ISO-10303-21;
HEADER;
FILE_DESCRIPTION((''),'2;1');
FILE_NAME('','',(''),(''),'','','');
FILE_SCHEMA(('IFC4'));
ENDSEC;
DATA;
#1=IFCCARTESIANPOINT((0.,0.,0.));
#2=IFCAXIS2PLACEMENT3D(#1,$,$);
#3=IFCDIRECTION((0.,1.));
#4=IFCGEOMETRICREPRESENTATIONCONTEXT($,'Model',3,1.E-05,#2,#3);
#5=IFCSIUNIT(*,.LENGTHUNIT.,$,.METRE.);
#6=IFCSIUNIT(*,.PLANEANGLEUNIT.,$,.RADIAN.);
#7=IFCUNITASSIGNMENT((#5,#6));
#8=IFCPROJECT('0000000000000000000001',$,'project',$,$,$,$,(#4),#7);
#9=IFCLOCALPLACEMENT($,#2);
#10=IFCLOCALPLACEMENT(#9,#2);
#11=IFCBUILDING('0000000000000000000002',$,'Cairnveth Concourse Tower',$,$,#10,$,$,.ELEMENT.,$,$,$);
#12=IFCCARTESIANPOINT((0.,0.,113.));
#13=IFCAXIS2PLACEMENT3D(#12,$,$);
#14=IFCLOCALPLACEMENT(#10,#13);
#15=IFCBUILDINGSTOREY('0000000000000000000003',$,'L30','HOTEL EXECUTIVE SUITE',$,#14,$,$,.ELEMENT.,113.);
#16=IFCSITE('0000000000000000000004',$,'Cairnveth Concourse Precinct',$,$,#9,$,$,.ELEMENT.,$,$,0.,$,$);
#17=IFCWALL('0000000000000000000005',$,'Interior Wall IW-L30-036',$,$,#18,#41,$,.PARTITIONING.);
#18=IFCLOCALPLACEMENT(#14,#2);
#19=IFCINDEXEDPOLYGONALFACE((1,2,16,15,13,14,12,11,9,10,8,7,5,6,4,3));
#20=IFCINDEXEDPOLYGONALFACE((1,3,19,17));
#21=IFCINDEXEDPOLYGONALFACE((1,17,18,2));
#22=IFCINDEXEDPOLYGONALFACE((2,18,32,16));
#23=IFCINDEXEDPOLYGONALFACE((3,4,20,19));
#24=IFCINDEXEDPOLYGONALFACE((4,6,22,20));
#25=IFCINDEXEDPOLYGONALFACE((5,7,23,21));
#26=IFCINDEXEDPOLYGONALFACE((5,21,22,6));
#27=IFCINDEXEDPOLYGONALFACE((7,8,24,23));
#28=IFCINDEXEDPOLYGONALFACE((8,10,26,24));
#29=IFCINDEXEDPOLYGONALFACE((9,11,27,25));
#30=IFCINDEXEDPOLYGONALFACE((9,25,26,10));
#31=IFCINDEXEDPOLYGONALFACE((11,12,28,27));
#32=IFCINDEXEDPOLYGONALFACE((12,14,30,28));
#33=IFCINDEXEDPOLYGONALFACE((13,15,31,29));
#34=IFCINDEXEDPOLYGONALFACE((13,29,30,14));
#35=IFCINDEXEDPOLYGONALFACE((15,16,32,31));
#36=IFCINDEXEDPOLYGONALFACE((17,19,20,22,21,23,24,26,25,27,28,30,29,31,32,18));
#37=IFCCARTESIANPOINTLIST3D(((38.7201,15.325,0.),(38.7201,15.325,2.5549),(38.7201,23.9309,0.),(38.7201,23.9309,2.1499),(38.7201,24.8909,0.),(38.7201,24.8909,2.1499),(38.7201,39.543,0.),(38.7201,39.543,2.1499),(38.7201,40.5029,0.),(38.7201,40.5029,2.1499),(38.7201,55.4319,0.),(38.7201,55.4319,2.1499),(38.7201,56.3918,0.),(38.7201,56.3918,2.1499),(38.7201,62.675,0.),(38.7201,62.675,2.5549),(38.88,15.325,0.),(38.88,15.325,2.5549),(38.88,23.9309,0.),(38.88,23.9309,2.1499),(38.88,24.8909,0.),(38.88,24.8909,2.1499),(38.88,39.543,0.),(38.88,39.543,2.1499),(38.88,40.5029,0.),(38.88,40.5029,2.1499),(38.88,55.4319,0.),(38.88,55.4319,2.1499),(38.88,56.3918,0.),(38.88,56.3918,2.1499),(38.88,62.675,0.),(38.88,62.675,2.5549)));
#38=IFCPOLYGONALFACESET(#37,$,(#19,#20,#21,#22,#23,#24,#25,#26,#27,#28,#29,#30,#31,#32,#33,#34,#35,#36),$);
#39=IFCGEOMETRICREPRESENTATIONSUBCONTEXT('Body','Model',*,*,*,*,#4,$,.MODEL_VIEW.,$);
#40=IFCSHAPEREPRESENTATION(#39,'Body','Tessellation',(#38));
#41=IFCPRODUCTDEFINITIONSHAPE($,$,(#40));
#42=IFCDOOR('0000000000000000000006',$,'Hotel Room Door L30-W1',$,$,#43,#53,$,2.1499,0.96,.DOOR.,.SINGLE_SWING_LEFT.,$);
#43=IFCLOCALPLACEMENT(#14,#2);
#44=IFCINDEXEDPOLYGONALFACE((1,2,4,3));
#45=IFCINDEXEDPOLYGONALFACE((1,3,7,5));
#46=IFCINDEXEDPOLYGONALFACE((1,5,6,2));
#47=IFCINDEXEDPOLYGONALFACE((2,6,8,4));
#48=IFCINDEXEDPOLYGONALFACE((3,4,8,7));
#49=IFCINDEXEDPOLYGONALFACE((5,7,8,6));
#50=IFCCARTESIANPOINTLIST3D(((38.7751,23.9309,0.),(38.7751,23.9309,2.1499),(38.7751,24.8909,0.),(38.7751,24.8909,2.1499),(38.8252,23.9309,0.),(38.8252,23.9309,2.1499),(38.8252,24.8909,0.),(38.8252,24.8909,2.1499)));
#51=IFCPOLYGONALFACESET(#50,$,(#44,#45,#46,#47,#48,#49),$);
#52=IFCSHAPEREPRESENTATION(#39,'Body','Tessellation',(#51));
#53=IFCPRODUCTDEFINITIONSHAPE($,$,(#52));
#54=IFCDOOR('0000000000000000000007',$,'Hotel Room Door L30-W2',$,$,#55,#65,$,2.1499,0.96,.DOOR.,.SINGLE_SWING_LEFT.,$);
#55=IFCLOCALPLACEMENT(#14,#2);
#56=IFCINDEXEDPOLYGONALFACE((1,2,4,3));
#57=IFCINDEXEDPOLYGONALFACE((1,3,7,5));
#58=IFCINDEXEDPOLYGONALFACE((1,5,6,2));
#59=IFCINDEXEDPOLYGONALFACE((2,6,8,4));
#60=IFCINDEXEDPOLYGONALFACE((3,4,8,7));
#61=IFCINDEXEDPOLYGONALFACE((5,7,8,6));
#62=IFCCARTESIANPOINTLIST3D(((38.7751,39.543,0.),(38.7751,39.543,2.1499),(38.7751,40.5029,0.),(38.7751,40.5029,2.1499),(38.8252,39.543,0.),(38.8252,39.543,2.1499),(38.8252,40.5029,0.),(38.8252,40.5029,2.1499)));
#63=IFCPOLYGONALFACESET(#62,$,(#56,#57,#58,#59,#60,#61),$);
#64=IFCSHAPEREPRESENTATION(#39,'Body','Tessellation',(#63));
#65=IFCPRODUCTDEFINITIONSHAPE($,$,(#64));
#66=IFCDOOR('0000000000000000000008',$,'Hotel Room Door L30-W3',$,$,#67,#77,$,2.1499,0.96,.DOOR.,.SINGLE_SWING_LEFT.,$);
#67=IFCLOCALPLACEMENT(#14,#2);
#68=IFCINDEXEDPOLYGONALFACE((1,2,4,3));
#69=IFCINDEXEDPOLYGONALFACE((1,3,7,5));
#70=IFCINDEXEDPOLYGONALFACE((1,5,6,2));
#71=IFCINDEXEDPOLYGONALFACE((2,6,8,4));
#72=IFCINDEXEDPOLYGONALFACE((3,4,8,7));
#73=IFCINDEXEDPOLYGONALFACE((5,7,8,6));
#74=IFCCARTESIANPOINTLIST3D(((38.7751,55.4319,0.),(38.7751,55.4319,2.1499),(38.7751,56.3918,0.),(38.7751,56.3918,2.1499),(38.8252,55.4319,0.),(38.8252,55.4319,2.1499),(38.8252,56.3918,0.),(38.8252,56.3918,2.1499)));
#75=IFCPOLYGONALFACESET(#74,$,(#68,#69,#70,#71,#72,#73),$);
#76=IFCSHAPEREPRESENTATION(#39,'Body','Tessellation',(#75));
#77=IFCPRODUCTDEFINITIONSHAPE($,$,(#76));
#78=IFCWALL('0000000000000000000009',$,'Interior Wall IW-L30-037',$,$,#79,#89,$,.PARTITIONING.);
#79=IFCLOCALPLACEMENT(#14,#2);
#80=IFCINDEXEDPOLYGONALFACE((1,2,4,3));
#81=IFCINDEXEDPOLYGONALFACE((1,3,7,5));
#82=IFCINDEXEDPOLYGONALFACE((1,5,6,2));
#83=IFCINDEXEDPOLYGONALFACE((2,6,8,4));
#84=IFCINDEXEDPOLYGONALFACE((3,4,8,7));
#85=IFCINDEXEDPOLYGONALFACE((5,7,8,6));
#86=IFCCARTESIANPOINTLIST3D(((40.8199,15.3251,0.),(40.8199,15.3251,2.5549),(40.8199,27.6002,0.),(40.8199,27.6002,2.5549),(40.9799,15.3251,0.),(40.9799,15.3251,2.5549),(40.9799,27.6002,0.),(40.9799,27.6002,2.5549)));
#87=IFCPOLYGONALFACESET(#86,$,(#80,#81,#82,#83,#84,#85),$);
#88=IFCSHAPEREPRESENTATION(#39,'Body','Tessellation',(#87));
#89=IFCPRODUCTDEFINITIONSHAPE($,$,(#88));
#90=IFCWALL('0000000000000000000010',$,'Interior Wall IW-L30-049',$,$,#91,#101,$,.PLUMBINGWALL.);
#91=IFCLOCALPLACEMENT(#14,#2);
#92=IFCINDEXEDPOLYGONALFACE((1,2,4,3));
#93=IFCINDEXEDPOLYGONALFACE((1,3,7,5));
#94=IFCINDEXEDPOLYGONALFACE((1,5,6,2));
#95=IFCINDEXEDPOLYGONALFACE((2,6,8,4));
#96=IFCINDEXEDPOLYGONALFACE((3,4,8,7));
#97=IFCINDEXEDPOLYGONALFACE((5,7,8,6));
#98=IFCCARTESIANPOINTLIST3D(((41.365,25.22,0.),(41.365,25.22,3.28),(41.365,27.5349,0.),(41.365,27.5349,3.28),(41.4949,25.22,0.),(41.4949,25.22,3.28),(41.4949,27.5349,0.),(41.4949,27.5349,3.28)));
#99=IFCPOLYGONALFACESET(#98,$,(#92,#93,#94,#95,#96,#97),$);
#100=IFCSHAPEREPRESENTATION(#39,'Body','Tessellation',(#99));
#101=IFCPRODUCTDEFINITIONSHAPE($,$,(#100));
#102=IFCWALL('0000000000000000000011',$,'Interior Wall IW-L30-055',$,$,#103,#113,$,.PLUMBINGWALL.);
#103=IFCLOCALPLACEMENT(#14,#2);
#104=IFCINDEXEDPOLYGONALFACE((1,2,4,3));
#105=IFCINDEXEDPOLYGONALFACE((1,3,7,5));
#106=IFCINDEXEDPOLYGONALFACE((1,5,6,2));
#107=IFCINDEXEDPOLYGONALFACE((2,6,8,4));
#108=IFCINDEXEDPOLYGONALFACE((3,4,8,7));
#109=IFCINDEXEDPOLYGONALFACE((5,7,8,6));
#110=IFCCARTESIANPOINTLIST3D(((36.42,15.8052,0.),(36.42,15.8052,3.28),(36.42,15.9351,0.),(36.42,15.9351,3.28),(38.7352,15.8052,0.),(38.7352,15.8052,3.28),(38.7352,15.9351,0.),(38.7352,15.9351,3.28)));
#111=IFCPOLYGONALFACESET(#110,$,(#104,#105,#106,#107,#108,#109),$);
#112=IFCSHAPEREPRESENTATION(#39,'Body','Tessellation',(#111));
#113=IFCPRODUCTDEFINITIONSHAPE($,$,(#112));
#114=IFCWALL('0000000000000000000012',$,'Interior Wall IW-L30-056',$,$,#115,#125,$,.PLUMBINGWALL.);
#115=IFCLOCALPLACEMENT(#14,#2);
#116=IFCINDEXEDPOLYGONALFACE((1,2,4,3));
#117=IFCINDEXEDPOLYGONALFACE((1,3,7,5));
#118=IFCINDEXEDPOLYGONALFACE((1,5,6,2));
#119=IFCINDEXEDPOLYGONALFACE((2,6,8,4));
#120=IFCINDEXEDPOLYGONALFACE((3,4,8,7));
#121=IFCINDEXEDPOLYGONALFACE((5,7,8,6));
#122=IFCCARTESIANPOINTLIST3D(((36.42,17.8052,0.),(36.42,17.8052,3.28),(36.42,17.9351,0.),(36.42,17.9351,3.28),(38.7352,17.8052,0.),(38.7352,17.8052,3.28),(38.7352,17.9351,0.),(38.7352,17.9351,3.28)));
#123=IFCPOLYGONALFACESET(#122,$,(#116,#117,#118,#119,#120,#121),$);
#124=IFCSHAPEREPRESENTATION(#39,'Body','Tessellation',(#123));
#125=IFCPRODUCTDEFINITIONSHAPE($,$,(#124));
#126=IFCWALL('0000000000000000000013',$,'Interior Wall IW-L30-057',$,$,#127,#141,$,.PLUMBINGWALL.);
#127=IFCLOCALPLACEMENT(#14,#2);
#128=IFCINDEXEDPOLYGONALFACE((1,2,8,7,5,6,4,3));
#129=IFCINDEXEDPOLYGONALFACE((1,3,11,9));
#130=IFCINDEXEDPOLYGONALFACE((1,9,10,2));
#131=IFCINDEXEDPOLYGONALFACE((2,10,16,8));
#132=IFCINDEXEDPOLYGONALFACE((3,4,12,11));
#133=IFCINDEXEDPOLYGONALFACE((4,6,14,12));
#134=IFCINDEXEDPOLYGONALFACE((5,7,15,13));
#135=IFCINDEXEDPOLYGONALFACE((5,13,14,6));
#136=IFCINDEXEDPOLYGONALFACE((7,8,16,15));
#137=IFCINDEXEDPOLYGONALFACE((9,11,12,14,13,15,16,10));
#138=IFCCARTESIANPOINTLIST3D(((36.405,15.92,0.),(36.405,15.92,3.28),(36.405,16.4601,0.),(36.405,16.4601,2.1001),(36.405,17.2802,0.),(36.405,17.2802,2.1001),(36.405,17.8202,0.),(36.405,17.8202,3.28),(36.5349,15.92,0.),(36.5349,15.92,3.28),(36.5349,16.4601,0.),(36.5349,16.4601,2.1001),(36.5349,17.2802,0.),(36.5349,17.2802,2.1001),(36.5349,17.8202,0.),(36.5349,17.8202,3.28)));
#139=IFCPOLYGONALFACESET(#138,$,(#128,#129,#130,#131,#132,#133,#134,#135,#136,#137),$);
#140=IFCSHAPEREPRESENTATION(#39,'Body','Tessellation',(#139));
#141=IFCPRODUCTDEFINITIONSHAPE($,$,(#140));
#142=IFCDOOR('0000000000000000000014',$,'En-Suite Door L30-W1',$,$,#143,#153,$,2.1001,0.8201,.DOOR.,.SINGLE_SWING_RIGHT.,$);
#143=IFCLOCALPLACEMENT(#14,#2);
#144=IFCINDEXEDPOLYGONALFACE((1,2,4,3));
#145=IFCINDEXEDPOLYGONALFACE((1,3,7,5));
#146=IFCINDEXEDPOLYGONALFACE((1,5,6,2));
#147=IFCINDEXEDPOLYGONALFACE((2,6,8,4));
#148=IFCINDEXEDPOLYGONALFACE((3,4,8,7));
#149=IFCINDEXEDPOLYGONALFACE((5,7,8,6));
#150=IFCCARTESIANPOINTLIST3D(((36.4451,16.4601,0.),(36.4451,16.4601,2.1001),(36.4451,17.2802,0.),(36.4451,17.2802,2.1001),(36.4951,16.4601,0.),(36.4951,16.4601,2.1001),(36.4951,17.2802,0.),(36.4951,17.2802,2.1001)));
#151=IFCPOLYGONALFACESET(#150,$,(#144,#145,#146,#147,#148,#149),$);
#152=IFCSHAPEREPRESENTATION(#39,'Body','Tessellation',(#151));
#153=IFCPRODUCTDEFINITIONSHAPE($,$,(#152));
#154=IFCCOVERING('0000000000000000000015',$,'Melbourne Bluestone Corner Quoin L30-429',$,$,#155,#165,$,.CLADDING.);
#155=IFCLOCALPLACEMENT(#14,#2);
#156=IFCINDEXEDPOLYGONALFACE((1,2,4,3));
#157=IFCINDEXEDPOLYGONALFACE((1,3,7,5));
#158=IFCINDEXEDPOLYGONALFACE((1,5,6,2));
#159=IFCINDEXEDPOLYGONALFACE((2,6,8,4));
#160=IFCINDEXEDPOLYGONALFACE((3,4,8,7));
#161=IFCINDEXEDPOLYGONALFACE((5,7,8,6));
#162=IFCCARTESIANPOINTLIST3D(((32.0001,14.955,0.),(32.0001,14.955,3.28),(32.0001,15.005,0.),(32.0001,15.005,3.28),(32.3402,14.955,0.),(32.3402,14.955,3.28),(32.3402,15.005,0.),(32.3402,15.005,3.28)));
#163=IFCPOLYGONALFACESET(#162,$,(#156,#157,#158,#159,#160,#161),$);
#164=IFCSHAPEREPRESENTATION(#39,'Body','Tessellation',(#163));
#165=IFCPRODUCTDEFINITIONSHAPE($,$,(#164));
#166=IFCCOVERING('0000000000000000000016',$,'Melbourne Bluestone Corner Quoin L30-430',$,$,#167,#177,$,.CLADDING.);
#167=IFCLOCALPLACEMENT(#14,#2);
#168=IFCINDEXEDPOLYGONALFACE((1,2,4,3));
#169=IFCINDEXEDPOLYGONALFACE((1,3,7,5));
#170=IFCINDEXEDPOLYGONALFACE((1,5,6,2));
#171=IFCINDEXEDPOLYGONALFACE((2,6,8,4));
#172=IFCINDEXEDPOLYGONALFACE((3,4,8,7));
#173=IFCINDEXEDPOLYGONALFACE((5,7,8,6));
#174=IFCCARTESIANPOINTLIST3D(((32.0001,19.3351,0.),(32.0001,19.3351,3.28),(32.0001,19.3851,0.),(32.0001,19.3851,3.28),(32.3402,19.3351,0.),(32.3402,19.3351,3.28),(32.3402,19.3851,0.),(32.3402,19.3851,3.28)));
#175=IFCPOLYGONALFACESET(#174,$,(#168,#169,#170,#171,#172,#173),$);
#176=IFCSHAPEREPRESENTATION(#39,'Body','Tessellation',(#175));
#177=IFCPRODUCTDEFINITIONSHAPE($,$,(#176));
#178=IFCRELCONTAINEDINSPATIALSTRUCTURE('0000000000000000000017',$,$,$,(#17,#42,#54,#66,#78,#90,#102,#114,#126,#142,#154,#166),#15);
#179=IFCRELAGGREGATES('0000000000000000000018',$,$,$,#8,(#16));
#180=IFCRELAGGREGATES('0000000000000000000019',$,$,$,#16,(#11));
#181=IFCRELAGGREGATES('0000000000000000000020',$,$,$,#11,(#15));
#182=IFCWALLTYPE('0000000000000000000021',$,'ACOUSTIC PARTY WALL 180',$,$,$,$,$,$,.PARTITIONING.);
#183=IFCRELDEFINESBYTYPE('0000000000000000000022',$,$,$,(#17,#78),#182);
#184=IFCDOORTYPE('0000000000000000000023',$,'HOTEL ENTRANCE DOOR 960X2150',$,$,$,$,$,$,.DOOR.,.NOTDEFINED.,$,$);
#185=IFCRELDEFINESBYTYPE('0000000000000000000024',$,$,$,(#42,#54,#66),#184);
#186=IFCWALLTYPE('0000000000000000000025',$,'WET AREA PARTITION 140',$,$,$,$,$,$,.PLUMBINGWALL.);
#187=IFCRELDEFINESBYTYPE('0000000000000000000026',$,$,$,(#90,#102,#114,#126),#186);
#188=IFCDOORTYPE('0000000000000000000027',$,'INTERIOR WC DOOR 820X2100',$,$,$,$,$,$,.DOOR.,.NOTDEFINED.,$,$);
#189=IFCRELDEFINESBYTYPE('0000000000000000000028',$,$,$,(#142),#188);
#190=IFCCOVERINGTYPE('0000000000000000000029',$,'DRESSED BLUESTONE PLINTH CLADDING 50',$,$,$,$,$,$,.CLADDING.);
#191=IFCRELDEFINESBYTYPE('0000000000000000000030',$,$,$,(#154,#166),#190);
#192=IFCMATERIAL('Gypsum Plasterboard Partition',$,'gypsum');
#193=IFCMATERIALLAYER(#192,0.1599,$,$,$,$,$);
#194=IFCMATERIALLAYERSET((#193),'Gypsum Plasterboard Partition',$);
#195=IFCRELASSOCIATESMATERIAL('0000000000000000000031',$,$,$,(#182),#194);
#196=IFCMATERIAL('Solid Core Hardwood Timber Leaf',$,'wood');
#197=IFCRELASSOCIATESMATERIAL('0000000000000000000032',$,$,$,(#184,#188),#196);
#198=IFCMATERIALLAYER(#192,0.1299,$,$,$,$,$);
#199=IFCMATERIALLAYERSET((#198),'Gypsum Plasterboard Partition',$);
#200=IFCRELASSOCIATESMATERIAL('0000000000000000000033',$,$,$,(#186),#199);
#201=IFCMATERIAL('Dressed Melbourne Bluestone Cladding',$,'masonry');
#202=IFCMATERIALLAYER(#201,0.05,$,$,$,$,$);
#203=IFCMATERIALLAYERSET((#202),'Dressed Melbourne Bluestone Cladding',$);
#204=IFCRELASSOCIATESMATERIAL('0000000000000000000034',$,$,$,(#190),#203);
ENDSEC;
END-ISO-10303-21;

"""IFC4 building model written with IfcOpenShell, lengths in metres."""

from ifc_helpers import new_model, si_unit, direction, frame, frame_2d, origin, place, context, subcontext, project, spatial, rectangle, extrude, material, layer, layer_set, type_object, element, fill, save


model = new_model("IFC4")

# Units and contexts
model_context = context("Model", 3, precision=1e-05, world=origin(), true_north=direction((0.0, 1.0)))
body_context = subcontext(model_context, "Body", "Model", "MODEL_VIEW")
ifc_project = project(units=[si_unit("LENGTHUNIT", "METRE"), si_unit("PLANEANGLEUNIT", "RADIAN")], contexts=[model_context])

# Site, building, storey
site_placement = place(None, origin())
site = spatial("IfcSite", under=ifc_project, at=site_placement, Name="Cairnveth Concourse Precinct", CompositionType="ELEMENT", RefElevation=0.0)
building_placement = place(site_placement, origin())
building = spatial("IfcBuilding", under=site, at=building_placement, Name="Cairnveth Concourse Tower", CompositionType="ELEMENT")
storey_placement = place(building_placement, frame((0.0, 0.0, 113.0)))
storey = spatial("IfcBuildingStorey", under=building, at=storey_placement, Name="L30", Description="HOTEL EXECUTIVE SUITE", CompositionType="ELEMENT", Elevation=113.0)

# Wall, openings, doors
ifc_material_1 = material(Name="Gypsum Plasterboard Partition", Category="gypsum")
ifc_layer_1 = layer(ifc_material_1, 0.1599)
ifc_layer_set_1 = layer_set([ifc_layer_1], Name="Gypsum Plasterboard Partition")
wall_type_1 = type_object("IfcWallType", Name="ACOUSTIC PARTY WALL 180", PredefinedType="PARTITIONING", material=ifc_layer_set_1)
wall_1_placement = place(storey_placement, frame((38.8, 15.325, 0.0), z_axis=(0.0, 0.0, 1.0), x_axis=(0.0, 1.0, 0.0)))
wall_1 = element("IfcWall", 1, at=wall_1_placement, inside=storey, type_object=wall_type_1, Name="Interior Wall IW-L30-036", PredefinedType="PARTITIONING", context=body_context, shape_type="SweptSolid", body=[
    extrude(rectangle(XDim=47.3501, YDim=0.1599, at=frame_2d((23.675, 0.0))), origin(), (0.0, 0.0, 1.0), 2.5549),
])
opening_1_placement = place(wall_1_placement, frame((8.606, 0.0, 0.0)))
opening_1 = element("IfcOpeningElement", 2, at=opening_1_placement, cuts=wall_1, PredefinedType="OPENING", context=body_context, shape_type="SweptSolid", body=[
    extrude(rectangle(XDim=0.96, YDim=2.1499, at=frame_2d((0.48, 1.075))), frame((0.0, 0.0898, 0.0), z_axis=(0.0, -1.0, 0.0), x_axis=(1.0, 0.0, 0.0)), (0.0, 0.0, 1.0), 0.1799),
])
opening_2_placement = place(wall_1_placement, frame((24.218, 0.0, 0.0)))
opening_2 = element("IfcOpeningElement", 3, at=opening_2_placement, cuts=wall_1, PredefinedType="OPENING", context=body_context, shape_type="SweptSolid", body=[
    extrude(rectangle(XDim=0.96, YDim=2.1499, at=frame_2d((0.48, 1.075))), frame((0.0, 0.0898, 0.0), z_axis=(0.0, -1.0, 0.0), x_axis=(1.0, 0.0, 0.0)), (0.0, 0.0, 1.0), 0.1799),
])
opening_3_placement = place(wall_1_placement, frame((40.1069, 0.0, 0.0)))
opening_3 = element("IfcOpeningElement", 4, at=opening_3_placement, cuts=wall_1, PredefinedType="OPENING", context=body_context, shape_type="SweptSolid", body=[
    extrude(rectangle(XDim=0.96, YDim=2.1499, at=frame_2d((0.48, 1.075))), frame((0.0, 0.0898, 0.0), z_axis=(0.0, -1.0, 0.0), x_axis=(1.0, 0.0, 0.0)), (0.0, 0.0, 1.0), 0.1799),
])
ifc_material_2 = material(Name="Solid Core Hardwood Timber Leaf", Category="wood")
door_type_1 = type_object("IfcDoorType", Name="HOTEL ENTRANCE DOOR 960X2150", OperationType="NOTDEFINED", PredefinedType="DOOR", material=ifc_material_2)
door_1_placement = place(opening_1_placement, origin())
door_1 = element("IfcDoor", 5, at=door_1_placement, inside=storey, type_object=door_type_1, Name="Hotel Room Door L30-W1", OperationType="SINGLE_SWING_LEFT", OverallHeight=2.1499, OverallWidth=0.96, PredefinedType="DOOR", context=body_context, shape_type="SweptSolid", body=[
    extrude(rectangle(XDim=0.96, YDim=2.1499, at=frame_2d((0.48, 1.075))), frame((0.0, 0.0249, 0.0), z_axis=(0.0, -1.0, 0.0), x_axis=(1.0, 0.0, 0.0)), (0.0, 0.0, 1.0), 0.05),
])
fill(opening_1, door_1)
door_2_placement = place(opening_2_placement, origin())
door_2 = element("IfcDoor", 6, at=door_2_placement, inside=storey, type_object=door_type_1, Name="Hotel Room Door L30-W2", OperationType="SINGLE_SWING_LEFT", OverallHeight=2.1499, OverallWidth=0.96, PredefinedType="DOOR", context=body_context, shape_type="SweptSolid", body=[
    extrude(rectangle(XDim=0.96, YDim=2.1499, at=frame_2d((0.48, 1.075))), frame((0.0, 0.0249, 0.0), z_axis=(0.0, -1.0, 0.0), x_axis=(1.0, 0.0, 0.0)), (0.0, 0.0, 1.0), 0.05),
])
fill(opening_2, door_2)
door_3_placement = place(opening_3_placement, origin())
door_3 = element("IfcDoor", 7, at=door_3_placement, inside=storey, type_object=door_type_1, Name="Hotel Room Door L30-W3", OperationType="SINGLE_SWING_LEFT", OverallHeight=2.1499, OverallWidth=0.96, PredefinedType="DOOR", context=body_context, shape_type="SweptSolid", body=[
    extrude(rectangle(XDim=0.96, YDim=2.1499, at=frame_2d((0.48, 1.075))), frame((0.0, 0.0249, 0.0), z_axis=(0.0, -1.0, 0.0), x_axis=(1.0, 0.0, 0.0)), (0.0, 0.0, 1.0), 0.05),
])
fill(opening_3, door_3)

# Walls
wall_2_placement = place(storey_placement, frame((40.8999, 15.325, 0.0), z_axis=(0.0, 0.0, 1.0), x_axis=(0.0, 1.0, 0.0)))
element("IfcWall", 8, at=wall_2_placement, inside=storey, type_object=wall_type_1, Name="Interior Wall IW-L30-037", PredefinedType="PARTITIONING", context=body_context, shape_type="SweptSolid", body=[
    extrude(rectangle(XDim=12.2751, YDim=0.1599, at=frame_2d((6.1377, 0.0))), origin(), (0.0, 0.0, 1.0), 2.5549),
])
ifc_layer_2 = layer(ifc_material_1, 0.1299)
ifc_layer_set_2 = layer_set([ifc_layer_2], Name="Gypsum Plasterboard Partition")
wall_type_2 = type_object("IfcWallType", Name="WET AREA PARTITION 140", PredefinedType="PLUMBINGWALL", material=ifc_layer_set_2)
wall_3_placement = place(storey_placement, frame((41.4299, 25.22, 0.0), z_axis=(0.0, 0.0, 1.0), x_axis=(0.0, 1.0, 0.0)))
element("IfcWall", 9, at=wall_3_placement, inside=storey, type_object=wall_type_2, Name="Interior Wall IW-L30-049", PredefinedType="PLUMBINGWALL", context=body_context, shape_type="SweptSolid", body=[
    extrude(rectangle(XDim=2.3149, YDim=0.1299, at=frame_2d((1.1575, 0.0))), origin(), (0.0, 0.0, 1.0), 3.28),
])
for number, where, z_axis, x_axis, name in (
    (10, (36.4199, 15.8701, 0.0), (0.0, 0.0, 1.0), (1.0, 0.0, 0.0), "Interior Wall IW-L30-055"),
    (11, (36.4199, 17.8701, 0.0), (0.0, 0.0, 1.0), (1.0, 0.0, 0.0), "Interior Wall IW-L30-056"),
):
    element("IfcWall", number, at=place(storey_placement, frame(where, z_axis=z_axis, x_axis=x_axis)), inside=storey, type_object=wall_type_2, Name=name, PredefinedType="PLUMBINGWALL", context=body_context, shape_type="SweptSolid", body=[
        extrude(rectangle(XDim=2.3152, YDim=0.1299, at=frame_2d((1.1577, 0.0))), origin(), (0.0, 0.0, 1.0), 3.28),
    ])

# Wall, opening, door
wall_4_placement = place(storey_placement, frame((36.47, 15.9199, 0.0), z_axis=(0.0, 0.0, 1.0), x_axis=(0.0, 1.0, 0.0)))
wall_4 = element("IfcWall", 12, at=wall_4_placement, inside=storey, type_object=wall_type_2, Name="Interior Wall IW-L30-057", PredefinedType="PLUMBINGWALL", context=body_context, shape_type="SweptSolid", body=[
    extrude(rectangle(XDim=1.9001, YDim=0.1299, at=frame_2d((0.9502, 0.0))), origin(), (0.0, 0.0, 1.0), 3.28),
])
opening_4_placement = place(wall_4_placement, frame((0.54, 0.0, 0.0)))
opening_4 = element("IfcOpeningElement", 13, at=opening_4_placement, cuts=wall_4, PredefinedType="OPENING", context=body_context, shape_type="SweptSolid", body=[
    extrude(rectangle(XDim=0.8201, YDim=2.1001, at=frame_2d((0.4102, 1.05))), frame((0.0, 0.075, 0.0), z_axis=(0.0, -1.0, 0.0), x_axis=(1.0, 0.0, 0.0)), (0.0, 0.0, 1.0), 0.1499),
])
door_type_2 = type_object("IfcDoorType", Name="INTERIOR WC DOOR 820X2100", OperationType="NOTDEFINED", PredefinedType="DOOR", material=ifc_material_2)
door_4_placement = place(opening_4_placement, origin())
door_4 = element("IfcDoor", 14, at=door_4_placement, inside=storey, type_object=door_type_2, Name="En-Suite Door L30-W1", OperationType="SINGLE_SWING_RIGHT", OverallHeight=2.1001, OverallWidth=0.8201, PredefinedType="DOOR", context=body_context, shape_type="SweptSolid", body=[
    extrude(rectangle(XDim=0.8201, YDim=2.1001, at=frame_2d((0.4102, 1.05))), frame((0.0, 0.0249, 0.0), z_axis=(0.0, -1.0, 0.0), x_axis=(1.0, 0.0, 0.0)), (0.0, 0.0, 1.0), 0.05),
])
fill(opening_4, door_4)

# Coverings
ifc_material_3 = material(Name="Dressed Melbourne Bluestone Cladding", Category="masonry")
ifc_layer_3 = layer(ifc_material_3, 0.05)
ifc_layer_set_3 = layer_set([ifc_layer_3], Name="Dressed Melbourne Bluestone Cladding")
covering_type = type_object("IfcCoveringType", Name="DRESSED BLUESTONE PLINTH CLADDING 50", PredefinedType="CLADDING", material=ifc_layer_set_3)
for number, where, z_axis, x_axis, name in (
    (15, (32.3401, 14.98, 0.0), (0.0, 0.0, 1.0), (-1.0, 0.0, 0.0), "Melbourne Bluestone Corner Quoin L30-429"),
    (16, (32.3401, 19.3601, 0.0), (0.0, 0.0, 1.0), (-1.0, 0.0, 0.0), "Melbourne Bluestone Corner Quoin L30-430"),
):
    element("IfcCovering", number, at=place(storey_placement, frame(where, z_axis=z_axis, x_axis=x_axis)), inside=storey, type_object=covering_type, Name=name, PredefinedType="CLADDING", context=body_context, shape_type="SweptSolid", body=[
        extrude(rectangle(XDim=0.3401, YDim=0.05, at=frame_2d((0.1699, 0.0))), origin(), (0.0, 0.0, 1.0), 3.28),
    ])

save(model, "model.ifc")
